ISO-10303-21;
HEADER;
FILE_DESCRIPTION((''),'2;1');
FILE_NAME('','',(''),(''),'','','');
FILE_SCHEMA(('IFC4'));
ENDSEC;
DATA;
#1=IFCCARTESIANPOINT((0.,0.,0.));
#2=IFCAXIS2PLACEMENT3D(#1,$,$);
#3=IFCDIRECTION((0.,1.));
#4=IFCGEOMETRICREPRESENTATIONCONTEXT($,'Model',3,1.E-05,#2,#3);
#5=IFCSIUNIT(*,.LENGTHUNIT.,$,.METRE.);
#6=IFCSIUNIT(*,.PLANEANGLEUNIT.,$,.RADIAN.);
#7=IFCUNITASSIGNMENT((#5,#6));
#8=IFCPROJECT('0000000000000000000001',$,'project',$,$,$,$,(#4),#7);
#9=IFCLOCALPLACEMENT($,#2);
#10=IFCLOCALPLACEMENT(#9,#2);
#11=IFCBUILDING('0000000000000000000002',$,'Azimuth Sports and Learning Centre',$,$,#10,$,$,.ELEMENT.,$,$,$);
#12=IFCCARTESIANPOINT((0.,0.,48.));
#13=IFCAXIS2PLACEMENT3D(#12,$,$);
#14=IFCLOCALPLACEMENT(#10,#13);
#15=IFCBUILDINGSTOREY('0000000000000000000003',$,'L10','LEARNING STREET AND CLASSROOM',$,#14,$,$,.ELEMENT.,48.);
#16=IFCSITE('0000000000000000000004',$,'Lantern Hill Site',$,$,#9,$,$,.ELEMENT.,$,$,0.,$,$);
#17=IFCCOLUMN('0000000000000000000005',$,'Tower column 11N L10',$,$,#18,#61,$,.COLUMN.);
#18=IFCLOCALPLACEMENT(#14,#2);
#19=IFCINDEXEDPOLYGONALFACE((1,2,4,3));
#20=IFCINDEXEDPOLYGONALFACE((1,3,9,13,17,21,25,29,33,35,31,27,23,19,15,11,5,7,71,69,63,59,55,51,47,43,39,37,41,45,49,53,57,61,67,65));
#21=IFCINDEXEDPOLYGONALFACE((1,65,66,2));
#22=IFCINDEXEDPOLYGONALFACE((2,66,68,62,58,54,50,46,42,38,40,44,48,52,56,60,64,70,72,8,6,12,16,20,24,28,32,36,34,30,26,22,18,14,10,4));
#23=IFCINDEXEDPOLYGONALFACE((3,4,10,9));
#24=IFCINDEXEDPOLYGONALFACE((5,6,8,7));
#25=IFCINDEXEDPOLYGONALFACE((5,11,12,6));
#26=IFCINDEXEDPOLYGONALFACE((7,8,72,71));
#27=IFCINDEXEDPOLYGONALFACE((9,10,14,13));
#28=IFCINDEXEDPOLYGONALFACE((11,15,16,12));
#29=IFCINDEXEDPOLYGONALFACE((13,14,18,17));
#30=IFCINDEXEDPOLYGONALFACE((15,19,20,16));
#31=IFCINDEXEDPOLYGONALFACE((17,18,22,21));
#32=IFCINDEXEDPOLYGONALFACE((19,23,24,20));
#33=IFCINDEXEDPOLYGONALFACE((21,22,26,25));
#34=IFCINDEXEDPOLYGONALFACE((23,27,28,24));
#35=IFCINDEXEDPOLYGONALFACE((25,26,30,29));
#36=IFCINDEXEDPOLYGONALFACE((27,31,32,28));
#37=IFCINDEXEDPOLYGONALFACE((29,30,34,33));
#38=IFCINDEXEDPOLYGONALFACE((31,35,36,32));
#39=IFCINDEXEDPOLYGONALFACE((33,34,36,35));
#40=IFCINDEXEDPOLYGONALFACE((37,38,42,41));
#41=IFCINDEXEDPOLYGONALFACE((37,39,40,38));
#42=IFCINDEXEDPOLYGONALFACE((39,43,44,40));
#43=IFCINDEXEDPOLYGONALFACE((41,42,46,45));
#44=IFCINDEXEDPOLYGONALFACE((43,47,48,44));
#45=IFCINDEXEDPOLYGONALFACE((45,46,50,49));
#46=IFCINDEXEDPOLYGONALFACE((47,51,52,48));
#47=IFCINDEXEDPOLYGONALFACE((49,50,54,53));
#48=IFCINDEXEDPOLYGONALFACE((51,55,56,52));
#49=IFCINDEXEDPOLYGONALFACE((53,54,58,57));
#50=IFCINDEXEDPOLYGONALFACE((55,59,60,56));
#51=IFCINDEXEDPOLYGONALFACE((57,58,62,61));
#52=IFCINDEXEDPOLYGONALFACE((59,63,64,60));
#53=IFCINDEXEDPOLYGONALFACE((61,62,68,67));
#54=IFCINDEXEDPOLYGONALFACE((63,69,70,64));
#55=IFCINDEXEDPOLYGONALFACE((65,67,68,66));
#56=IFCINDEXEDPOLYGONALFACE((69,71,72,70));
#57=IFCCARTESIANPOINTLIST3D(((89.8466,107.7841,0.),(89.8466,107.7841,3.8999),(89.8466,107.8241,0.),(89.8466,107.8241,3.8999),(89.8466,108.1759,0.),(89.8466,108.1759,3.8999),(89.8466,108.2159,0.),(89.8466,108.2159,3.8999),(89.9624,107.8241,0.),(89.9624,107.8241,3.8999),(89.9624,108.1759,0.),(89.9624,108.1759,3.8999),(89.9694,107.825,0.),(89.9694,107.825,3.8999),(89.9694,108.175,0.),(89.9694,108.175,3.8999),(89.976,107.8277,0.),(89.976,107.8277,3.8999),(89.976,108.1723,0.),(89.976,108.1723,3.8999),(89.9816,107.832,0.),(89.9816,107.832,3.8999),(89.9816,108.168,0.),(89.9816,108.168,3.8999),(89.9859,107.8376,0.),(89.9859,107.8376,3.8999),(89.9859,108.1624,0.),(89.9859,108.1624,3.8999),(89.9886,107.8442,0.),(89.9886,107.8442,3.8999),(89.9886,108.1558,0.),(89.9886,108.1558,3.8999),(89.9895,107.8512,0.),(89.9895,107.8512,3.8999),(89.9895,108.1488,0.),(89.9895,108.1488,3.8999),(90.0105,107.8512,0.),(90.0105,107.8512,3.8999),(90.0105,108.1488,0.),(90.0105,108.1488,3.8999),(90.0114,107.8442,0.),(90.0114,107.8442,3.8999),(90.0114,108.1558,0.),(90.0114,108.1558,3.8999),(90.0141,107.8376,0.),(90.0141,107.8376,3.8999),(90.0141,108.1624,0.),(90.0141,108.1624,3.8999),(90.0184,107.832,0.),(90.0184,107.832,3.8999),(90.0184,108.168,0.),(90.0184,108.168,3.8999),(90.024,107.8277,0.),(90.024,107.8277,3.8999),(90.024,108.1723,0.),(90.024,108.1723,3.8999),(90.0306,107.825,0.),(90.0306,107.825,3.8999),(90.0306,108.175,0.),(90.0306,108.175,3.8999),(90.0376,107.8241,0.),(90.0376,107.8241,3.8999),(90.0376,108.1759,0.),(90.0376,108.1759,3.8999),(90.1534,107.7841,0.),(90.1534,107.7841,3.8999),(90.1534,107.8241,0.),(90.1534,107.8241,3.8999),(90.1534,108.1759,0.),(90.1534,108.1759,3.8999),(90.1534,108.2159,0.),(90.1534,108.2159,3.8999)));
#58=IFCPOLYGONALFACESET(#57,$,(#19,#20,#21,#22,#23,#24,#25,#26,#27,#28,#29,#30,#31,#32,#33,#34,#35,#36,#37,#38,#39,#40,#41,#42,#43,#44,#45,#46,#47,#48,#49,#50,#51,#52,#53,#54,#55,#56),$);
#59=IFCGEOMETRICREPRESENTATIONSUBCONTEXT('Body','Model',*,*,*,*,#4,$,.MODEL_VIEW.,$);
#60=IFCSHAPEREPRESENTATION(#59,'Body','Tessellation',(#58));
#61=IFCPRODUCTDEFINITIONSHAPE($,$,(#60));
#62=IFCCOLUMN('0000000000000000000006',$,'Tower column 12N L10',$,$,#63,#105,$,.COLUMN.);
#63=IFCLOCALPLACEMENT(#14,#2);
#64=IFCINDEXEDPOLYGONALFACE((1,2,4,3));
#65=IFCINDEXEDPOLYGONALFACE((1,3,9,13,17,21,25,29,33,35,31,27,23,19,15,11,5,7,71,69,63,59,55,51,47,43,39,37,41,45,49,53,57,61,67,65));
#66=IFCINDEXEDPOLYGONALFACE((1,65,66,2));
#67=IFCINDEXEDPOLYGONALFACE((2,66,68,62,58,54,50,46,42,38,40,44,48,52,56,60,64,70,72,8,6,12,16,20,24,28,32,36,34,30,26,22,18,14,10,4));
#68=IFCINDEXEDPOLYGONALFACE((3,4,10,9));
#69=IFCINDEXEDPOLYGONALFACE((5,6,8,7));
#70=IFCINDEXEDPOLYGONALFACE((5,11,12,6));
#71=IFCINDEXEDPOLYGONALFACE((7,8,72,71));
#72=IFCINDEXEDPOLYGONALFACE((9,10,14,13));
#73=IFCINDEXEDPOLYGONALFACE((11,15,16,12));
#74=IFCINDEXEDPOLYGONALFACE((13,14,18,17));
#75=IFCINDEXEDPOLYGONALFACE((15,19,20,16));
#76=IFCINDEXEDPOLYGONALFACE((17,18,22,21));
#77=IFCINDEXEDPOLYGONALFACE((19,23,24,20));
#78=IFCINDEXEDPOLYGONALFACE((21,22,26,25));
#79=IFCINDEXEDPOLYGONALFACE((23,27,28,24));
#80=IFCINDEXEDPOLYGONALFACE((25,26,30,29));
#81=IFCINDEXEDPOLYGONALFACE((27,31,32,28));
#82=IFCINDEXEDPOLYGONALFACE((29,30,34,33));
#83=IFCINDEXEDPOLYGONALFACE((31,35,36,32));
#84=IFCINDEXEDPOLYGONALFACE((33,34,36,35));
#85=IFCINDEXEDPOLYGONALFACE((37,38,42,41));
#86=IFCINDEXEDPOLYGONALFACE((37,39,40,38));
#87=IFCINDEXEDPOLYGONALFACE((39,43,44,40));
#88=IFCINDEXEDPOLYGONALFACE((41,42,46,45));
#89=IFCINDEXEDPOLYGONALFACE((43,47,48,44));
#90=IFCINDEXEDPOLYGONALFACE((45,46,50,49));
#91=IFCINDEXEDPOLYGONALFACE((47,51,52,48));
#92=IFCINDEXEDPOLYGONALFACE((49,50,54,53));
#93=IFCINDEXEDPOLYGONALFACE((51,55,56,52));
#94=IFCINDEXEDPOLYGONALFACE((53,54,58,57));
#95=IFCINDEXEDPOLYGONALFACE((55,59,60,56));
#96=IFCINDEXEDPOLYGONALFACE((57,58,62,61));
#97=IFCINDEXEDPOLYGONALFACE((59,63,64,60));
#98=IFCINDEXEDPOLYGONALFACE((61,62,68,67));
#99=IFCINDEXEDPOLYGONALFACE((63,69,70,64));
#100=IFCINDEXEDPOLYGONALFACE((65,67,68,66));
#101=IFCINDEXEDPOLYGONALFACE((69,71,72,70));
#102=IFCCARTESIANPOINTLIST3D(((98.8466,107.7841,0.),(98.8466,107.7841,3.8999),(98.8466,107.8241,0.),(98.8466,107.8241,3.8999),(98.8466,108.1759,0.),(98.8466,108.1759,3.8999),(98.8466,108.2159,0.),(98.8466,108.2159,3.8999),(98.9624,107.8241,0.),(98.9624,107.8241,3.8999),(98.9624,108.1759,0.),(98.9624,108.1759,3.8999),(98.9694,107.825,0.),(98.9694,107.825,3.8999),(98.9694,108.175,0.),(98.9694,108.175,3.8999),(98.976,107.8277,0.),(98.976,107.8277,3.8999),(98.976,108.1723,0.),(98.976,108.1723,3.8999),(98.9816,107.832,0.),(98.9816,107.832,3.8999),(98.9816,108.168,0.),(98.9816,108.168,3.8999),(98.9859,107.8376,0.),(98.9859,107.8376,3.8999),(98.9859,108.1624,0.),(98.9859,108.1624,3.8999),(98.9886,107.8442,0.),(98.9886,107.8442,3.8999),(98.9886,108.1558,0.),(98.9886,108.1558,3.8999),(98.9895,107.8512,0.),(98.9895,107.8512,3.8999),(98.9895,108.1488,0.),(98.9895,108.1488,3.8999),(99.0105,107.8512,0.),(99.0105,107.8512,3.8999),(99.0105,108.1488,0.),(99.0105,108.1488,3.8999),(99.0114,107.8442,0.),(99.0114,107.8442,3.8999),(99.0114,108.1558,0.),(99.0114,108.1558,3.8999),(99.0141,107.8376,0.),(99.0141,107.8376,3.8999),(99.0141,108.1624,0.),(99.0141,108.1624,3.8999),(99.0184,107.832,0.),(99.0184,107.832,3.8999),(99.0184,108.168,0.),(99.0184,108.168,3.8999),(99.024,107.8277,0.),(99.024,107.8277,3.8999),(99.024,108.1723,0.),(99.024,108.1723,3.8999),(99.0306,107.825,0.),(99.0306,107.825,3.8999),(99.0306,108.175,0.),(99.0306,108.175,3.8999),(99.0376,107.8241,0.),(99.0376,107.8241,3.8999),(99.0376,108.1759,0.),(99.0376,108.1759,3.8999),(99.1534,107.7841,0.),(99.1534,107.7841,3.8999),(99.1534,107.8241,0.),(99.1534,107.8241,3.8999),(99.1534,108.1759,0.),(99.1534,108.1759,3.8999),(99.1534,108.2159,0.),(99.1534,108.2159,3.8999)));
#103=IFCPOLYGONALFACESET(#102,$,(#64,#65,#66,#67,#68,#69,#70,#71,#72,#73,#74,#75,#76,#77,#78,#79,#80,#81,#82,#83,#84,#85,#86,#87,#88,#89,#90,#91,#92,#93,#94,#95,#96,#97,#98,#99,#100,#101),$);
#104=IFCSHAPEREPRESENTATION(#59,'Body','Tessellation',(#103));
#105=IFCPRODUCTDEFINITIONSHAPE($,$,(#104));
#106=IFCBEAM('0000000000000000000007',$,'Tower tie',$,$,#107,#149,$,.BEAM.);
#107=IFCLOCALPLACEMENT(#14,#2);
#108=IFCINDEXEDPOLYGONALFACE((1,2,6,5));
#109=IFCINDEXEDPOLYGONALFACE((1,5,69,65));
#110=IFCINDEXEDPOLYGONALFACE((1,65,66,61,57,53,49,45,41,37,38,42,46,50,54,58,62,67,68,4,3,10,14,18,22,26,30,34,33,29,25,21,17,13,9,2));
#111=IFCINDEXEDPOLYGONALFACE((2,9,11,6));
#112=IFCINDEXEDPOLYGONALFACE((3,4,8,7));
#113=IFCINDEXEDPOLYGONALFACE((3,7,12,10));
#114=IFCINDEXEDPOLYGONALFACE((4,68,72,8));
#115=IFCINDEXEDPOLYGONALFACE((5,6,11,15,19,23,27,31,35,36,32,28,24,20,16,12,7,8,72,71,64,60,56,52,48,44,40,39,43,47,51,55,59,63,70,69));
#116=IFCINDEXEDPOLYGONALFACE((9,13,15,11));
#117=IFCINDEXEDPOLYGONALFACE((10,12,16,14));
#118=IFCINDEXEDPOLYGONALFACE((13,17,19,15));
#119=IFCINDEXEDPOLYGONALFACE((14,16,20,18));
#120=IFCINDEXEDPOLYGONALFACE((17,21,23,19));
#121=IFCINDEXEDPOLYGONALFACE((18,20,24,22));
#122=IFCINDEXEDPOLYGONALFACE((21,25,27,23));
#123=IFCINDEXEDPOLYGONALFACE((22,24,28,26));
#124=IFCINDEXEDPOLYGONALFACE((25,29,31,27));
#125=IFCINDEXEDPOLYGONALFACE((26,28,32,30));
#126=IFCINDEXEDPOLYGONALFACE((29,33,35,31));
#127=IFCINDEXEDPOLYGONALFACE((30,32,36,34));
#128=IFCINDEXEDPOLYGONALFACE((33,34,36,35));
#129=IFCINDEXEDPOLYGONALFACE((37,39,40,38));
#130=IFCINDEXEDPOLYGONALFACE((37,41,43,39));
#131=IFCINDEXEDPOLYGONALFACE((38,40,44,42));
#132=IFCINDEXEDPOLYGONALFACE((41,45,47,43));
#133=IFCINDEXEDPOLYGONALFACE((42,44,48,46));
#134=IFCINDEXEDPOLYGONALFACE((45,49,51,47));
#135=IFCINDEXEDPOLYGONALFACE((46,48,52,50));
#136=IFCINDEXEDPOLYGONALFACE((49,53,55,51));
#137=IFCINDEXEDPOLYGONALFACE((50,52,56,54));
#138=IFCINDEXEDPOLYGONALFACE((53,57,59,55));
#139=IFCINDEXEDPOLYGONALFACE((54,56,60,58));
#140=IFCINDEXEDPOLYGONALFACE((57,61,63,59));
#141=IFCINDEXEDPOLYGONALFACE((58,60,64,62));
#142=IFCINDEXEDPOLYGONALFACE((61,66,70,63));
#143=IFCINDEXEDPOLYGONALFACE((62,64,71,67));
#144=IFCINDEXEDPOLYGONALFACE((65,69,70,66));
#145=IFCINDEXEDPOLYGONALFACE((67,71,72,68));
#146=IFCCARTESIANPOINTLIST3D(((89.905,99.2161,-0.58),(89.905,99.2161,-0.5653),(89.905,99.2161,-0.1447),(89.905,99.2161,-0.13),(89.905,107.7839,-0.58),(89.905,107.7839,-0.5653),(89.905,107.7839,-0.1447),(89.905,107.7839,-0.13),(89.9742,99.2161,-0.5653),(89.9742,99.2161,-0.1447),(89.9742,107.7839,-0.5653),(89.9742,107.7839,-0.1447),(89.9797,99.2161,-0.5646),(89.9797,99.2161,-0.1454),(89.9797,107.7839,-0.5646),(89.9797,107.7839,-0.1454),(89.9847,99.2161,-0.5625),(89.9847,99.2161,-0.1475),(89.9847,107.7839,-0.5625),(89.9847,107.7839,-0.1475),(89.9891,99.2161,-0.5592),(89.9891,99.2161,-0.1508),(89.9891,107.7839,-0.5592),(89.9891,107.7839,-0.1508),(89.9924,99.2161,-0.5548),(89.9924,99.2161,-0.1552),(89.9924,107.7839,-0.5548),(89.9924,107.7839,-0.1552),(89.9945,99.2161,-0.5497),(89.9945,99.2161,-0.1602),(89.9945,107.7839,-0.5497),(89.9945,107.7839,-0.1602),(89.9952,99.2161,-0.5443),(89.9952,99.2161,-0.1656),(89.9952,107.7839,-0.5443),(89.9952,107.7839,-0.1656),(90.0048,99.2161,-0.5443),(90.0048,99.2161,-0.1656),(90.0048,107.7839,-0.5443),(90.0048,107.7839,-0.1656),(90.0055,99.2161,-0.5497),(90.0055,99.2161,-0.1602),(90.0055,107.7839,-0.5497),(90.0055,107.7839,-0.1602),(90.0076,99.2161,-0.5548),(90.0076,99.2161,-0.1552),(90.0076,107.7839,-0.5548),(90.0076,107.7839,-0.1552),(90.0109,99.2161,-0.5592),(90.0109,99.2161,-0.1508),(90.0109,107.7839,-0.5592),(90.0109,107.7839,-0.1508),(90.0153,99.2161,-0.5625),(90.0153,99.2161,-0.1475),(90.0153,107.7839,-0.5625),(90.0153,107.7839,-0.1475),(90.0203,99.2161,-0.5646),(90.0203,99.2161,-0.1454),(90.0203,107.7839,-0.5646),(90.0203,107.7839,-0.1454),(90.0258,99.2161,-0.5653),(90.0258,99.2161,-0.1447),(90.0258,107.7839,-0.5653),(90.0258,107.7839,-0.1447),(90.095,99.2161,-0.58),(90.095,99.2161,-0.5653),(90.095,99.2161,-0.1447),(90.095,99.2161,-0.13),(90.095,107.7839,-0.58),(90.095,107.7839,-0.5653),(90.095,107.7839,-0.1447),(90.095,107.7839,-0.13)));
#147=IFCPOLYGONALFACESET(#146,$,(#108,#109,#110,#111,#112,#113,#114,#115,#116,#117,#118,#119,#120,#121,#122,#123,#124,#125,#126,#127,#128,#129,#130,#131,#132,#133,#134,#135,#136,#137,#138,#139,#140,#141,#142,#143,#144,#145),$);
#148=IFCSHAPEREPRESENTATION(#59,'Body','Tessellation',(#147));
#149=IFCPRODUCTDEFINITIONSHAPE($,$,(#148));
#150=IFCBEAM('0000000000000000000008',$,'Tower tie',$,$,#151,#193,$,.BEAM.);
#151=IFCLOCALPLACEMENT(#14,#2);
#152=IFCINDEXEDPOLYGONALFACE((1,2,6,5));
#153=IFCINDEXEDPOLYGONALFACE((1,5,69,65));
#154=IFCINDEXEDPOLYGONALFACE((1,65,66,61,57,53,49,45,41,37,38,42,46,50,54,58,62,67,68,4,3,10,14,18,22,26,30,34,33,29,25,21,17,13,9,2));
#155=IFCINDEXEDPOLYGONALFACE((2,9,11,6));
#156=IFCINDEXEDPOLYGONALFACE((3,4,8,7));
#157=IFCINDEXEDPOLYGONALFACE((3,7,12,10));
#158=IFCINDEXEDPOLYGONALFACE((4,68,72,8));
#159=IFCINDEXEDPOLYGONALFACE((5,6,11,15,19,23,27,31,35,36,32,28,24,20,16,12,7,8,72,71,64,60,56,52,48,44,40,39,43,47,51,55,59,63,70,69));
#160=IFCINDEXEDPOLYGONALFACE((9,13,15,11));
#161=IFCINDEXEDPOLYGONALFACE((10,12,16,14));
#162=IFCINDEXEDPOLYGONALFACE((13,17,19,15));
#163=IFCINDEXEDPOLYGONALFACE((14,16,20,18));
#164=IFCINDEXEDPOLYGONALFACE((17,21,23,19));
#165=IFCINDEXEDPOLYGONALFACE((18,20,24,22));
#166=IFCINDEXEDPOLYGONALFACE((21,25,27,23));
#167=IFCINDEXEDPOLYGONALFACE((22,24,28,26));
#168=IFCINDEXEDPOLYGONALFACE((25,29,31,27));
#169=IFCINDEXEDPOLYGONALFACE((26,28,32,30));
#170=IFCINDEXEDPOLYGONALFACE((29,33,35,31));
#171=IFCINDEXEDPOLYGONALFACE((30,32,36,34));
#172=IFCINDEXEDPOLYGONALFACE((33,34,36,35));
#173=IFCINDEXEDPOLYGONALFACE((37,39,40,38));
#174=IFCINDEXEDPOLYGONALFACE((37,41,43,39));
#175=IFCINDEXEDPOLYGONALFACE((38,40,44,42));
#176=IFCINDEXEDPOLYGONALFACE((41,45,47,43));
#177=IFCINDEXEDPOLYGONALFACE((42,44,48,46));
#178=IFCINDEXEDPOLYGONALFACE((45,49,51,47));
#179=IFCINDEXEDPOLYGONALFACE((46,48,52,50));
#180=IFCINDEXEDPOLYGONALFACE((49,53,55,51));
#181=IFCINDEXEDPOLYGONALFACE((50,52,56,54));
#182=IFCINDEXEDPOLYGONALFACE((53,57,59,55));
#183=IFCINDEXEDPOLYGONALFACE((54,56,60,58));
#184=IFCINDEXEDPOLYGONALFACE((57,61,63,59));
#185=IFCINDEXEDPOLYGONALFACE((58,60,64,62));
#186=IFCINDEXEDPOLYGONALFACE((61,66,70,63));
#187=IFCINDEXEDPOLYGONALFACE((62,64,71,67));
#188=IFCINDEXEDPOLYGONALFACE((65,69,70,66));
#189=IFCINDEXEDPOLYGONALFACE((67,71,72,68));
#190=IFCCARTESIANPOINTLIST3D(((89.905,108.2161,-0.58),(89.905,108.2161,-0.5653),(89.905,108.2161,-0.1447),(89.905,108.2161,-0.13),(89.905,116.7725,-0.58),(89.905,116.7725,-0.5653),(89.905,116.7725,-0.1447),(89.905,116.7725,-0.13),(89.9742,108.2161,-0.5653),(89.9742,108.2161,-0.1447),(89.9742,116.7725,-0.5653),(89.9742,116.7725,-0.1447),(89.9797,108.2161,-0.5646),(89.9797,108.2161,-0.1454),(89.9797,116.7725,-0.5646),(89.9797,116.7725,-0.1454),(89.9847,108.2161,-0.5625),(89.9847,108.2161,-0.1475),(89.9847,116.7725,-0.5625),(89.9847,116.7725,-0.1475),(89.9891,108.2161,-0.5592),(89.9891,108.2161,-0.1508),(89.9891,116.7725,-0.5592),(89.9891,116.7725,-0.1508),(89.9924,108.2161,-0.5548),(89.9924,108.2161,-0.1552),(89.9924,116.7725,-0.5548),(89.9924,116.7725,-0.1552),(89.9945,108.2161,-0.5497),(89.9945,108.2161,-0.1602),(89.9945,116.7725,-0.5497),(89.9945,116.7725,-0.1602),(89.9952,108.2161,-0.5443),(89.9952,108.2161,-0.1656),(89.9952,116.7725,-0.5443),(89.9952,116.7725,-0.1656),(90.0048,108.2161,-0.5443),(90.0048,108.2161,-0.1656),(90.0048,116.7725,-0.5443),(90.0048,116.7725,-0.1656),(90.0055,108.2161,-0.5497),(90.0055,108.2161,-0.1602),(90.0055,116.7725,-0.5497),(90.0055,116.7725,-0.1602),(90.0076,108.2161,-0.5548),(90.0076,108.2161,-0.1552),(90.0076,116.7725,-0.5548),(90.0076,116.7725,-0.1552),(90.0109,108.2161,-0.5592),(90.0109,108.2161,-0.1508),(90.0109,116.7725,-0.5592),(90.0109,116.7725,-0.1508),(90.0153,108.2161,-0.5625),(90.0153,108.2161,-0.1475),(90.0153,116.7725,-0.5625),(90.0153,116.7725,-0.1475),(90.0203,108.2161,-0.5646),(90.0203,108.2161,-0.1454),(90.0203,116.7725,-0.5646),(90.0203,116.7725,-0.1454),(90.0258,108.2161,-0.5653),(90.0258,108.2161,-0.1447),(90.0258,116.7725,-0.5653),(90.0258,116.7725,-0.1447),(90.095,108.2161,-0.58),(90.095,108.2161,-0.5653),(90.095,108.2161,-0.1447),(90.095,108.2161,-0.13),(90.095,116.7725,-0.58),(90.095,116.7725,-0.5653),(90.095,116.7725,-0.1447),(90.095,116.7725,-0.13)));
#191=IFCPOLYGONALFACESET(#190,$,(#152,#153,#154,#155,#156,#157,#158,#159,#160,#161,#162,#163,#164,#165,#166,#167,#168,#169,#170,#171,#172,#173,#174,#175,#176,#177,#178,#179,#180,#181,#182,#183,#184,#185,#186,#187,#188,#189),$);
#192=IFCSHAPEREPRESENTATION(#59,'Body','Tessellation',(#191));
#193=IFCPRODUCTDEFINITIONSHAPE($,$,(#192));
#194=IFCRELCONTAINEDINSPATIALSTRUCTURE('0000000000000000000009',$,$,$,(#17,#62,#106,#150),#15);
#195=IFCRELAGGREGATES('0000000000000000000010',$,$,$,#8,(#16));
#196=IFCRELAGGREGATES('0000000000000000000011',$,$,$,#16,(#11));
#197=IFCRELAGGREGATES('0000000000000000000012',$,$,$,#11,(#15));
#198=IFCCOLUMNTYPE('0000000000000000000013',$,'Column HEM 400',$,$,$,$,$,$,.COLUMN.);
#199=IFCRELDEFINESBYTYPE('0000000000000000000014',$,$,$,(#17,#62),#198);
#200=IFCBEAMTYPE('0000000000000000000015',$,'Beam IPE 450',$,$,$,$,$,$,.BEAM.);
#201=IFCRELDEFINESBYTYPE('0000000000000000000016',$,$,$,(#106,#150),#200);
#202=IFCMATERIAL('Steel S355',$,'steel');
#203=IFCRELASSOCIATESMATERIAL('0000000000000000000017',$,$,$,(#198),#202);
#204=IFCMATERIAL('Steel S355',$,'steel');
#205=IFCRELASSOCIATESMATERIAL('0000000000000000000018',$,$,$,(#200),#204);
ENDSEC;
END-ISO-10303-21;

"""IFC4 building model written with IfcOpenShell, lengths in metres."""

from ifc_helpers import new_model, si_unit, direction, frame, origin, origin_2d, place, context, subcontext, project, spatial, i_section, extrude, material, material_profile, profile_set, type_object, element, save


model = new_model("IFC4")

# Units and contexts
model_context = context("Model", 3, precision=1e-05, world=origin(), true_north=direction((0.0, 1.0)))
body_context = subcontext(model_context, "Body", "Model", "MODEL_VIEW")
ifc_project = project(units=[si_unit("LENGTHUNIT", "METRE"), si_unit("PLANEANGLEUNIT", "RADIAN")], contexts=[model_context])

# Site, building, storey
site_placement = place(None, origin())
site = spatial("IfcSite", under=ifc_project, at=site_placement, Name="Lantern Hill Site", CompositionType="ELEMENT", RefElevation=0.0)
building_placement = place(site_placement, origin())
building = spatial("IfcBuilding", under=site, at=building_placement, Name="Azimuth Sports and Learning Centre", CompositionType="ELEMENT")
storey_placement = place(building_placement, frame((0.0, 0.0, 48.0)))
storey = spatial("IfcBuildingStorey", under=building, at=storey_placement, Name="L10", Description="LEARNING STREET AND CLASSROOM", CompositionType="ELEMENT", Elevation=48.0)

# Columns
ifc_material_1 = material(Name="Steel S355", Category="steel")
ifc_material_profile_1 = material_profile(ifc_material_1, i_section(OverallWidth=0.3069, OverallDepth=0.4319, WebThickness=0.021, FlangeThickness=0.04, FilletRadius=0.0271, at=origin_2d()), Name="HEM 400")
ifc_profile_set_1 = profile_set([ifc_material_profile_1], Name="Steel S355")
column_type = type_object("IfcColumnType", Name="Column HEM 400", PredefinedType="COLUMN", material=ifc_profile_set_1)
for number, where, z_axis, x_axis, name in (
    (1, (90.0, 108.0, 0.0), (0.0, 0.0, 1.0), (1.0, 0.0, 0.0), "Tower column 11N L10"),
    (2, (99.0, 108.0, 0.0), (0.0, 0.0, 1.0), (1.0, 0.0, 0.0), "Tower column 12N L10"),
):
    element("IfcColumn", number, at=place(storey_placement, frame(where, z_axis=z_axis, x_axis=x_axis)), inside=storey, type_object=column_type, Name=name, PredefinedType="COLUMN", context=body_context, shape_type="SweptSolid", body=[
        extrude(i_section(OverallWidth=0.3069, OverallDepth=0.4319, WebThickness=0.021, FlangeThickness=0.04, FilletRadius=0.0271, at=origin_2d()), origin(), (0.0, 0.0, 1.0), 3.8999),
    ])

# Beams
ifc_material_2 = material(Name="Steel S355", Category="steel")
ifc_material_profile_2 = material_profile(ifc_material_2, i_section(OverallWidth=0.1899, OverallDepth=0.45, WebThickness=0.0095, FlangeThickness=0.0146, FilletRadius=0.021, at=origin_2d()), Name="IPE 450")
ifc_profile_set_2 = profile_set([ifc_material_profile_2], Name="Steel S355")
beam_type_1 = type_object("IfcBeamType", Name="Beam IPE 450", PredefinedType="BEAM", material=ifc_profile_set_2)
beam_1_placement = place(storey_placement, frame((90.0, 99.2161, -0.355), z_axis=(0.0, 1.0, 0.0), x_axis=(-1.0, 0.0, 0.0)))
element("IfcBeam", 3, at=beam_1_placement, inside=storey, type_object=beam_type_1, Name="Tower tie", PredefinedType="BEAM", context=body_context, shape_type="SweptSolid", body=[
    extrude(i_section(OverallWidth=0.1899, OverallDepth=0.45, WebThickness=0.0095, FlangeThickness=0.0146, FilletRadius=0.021, at=origin_2d()), origin(), (0.0, 0.0, 1.0), 8.5679),
])
beam_2_placement = place(storey_placement, frame((90.0, 108.2161, -0.355), z_axis=(0.0, 1.0, 0.0), x_axis=(-1.0, 0.0, 0.0)))
element("IfcBeam", 4, at=beam_2_placement, inside=storey, type_object=beam_type_1, Name="Tower tie", PredefinedType="BEAM", context=body_context, shape_type="SweptSolid", body=[
    extrude(i_section(OverallWidth=0.1899, OverallDepth=0.45, WebThickness=0.0095, FlangeThickness=0.0146, FilletRadius=0.021, at=origin_2d()), origin(), (0.0, 0.0, 1.0), 8.5564),
])

save(model, "model.ifc")
